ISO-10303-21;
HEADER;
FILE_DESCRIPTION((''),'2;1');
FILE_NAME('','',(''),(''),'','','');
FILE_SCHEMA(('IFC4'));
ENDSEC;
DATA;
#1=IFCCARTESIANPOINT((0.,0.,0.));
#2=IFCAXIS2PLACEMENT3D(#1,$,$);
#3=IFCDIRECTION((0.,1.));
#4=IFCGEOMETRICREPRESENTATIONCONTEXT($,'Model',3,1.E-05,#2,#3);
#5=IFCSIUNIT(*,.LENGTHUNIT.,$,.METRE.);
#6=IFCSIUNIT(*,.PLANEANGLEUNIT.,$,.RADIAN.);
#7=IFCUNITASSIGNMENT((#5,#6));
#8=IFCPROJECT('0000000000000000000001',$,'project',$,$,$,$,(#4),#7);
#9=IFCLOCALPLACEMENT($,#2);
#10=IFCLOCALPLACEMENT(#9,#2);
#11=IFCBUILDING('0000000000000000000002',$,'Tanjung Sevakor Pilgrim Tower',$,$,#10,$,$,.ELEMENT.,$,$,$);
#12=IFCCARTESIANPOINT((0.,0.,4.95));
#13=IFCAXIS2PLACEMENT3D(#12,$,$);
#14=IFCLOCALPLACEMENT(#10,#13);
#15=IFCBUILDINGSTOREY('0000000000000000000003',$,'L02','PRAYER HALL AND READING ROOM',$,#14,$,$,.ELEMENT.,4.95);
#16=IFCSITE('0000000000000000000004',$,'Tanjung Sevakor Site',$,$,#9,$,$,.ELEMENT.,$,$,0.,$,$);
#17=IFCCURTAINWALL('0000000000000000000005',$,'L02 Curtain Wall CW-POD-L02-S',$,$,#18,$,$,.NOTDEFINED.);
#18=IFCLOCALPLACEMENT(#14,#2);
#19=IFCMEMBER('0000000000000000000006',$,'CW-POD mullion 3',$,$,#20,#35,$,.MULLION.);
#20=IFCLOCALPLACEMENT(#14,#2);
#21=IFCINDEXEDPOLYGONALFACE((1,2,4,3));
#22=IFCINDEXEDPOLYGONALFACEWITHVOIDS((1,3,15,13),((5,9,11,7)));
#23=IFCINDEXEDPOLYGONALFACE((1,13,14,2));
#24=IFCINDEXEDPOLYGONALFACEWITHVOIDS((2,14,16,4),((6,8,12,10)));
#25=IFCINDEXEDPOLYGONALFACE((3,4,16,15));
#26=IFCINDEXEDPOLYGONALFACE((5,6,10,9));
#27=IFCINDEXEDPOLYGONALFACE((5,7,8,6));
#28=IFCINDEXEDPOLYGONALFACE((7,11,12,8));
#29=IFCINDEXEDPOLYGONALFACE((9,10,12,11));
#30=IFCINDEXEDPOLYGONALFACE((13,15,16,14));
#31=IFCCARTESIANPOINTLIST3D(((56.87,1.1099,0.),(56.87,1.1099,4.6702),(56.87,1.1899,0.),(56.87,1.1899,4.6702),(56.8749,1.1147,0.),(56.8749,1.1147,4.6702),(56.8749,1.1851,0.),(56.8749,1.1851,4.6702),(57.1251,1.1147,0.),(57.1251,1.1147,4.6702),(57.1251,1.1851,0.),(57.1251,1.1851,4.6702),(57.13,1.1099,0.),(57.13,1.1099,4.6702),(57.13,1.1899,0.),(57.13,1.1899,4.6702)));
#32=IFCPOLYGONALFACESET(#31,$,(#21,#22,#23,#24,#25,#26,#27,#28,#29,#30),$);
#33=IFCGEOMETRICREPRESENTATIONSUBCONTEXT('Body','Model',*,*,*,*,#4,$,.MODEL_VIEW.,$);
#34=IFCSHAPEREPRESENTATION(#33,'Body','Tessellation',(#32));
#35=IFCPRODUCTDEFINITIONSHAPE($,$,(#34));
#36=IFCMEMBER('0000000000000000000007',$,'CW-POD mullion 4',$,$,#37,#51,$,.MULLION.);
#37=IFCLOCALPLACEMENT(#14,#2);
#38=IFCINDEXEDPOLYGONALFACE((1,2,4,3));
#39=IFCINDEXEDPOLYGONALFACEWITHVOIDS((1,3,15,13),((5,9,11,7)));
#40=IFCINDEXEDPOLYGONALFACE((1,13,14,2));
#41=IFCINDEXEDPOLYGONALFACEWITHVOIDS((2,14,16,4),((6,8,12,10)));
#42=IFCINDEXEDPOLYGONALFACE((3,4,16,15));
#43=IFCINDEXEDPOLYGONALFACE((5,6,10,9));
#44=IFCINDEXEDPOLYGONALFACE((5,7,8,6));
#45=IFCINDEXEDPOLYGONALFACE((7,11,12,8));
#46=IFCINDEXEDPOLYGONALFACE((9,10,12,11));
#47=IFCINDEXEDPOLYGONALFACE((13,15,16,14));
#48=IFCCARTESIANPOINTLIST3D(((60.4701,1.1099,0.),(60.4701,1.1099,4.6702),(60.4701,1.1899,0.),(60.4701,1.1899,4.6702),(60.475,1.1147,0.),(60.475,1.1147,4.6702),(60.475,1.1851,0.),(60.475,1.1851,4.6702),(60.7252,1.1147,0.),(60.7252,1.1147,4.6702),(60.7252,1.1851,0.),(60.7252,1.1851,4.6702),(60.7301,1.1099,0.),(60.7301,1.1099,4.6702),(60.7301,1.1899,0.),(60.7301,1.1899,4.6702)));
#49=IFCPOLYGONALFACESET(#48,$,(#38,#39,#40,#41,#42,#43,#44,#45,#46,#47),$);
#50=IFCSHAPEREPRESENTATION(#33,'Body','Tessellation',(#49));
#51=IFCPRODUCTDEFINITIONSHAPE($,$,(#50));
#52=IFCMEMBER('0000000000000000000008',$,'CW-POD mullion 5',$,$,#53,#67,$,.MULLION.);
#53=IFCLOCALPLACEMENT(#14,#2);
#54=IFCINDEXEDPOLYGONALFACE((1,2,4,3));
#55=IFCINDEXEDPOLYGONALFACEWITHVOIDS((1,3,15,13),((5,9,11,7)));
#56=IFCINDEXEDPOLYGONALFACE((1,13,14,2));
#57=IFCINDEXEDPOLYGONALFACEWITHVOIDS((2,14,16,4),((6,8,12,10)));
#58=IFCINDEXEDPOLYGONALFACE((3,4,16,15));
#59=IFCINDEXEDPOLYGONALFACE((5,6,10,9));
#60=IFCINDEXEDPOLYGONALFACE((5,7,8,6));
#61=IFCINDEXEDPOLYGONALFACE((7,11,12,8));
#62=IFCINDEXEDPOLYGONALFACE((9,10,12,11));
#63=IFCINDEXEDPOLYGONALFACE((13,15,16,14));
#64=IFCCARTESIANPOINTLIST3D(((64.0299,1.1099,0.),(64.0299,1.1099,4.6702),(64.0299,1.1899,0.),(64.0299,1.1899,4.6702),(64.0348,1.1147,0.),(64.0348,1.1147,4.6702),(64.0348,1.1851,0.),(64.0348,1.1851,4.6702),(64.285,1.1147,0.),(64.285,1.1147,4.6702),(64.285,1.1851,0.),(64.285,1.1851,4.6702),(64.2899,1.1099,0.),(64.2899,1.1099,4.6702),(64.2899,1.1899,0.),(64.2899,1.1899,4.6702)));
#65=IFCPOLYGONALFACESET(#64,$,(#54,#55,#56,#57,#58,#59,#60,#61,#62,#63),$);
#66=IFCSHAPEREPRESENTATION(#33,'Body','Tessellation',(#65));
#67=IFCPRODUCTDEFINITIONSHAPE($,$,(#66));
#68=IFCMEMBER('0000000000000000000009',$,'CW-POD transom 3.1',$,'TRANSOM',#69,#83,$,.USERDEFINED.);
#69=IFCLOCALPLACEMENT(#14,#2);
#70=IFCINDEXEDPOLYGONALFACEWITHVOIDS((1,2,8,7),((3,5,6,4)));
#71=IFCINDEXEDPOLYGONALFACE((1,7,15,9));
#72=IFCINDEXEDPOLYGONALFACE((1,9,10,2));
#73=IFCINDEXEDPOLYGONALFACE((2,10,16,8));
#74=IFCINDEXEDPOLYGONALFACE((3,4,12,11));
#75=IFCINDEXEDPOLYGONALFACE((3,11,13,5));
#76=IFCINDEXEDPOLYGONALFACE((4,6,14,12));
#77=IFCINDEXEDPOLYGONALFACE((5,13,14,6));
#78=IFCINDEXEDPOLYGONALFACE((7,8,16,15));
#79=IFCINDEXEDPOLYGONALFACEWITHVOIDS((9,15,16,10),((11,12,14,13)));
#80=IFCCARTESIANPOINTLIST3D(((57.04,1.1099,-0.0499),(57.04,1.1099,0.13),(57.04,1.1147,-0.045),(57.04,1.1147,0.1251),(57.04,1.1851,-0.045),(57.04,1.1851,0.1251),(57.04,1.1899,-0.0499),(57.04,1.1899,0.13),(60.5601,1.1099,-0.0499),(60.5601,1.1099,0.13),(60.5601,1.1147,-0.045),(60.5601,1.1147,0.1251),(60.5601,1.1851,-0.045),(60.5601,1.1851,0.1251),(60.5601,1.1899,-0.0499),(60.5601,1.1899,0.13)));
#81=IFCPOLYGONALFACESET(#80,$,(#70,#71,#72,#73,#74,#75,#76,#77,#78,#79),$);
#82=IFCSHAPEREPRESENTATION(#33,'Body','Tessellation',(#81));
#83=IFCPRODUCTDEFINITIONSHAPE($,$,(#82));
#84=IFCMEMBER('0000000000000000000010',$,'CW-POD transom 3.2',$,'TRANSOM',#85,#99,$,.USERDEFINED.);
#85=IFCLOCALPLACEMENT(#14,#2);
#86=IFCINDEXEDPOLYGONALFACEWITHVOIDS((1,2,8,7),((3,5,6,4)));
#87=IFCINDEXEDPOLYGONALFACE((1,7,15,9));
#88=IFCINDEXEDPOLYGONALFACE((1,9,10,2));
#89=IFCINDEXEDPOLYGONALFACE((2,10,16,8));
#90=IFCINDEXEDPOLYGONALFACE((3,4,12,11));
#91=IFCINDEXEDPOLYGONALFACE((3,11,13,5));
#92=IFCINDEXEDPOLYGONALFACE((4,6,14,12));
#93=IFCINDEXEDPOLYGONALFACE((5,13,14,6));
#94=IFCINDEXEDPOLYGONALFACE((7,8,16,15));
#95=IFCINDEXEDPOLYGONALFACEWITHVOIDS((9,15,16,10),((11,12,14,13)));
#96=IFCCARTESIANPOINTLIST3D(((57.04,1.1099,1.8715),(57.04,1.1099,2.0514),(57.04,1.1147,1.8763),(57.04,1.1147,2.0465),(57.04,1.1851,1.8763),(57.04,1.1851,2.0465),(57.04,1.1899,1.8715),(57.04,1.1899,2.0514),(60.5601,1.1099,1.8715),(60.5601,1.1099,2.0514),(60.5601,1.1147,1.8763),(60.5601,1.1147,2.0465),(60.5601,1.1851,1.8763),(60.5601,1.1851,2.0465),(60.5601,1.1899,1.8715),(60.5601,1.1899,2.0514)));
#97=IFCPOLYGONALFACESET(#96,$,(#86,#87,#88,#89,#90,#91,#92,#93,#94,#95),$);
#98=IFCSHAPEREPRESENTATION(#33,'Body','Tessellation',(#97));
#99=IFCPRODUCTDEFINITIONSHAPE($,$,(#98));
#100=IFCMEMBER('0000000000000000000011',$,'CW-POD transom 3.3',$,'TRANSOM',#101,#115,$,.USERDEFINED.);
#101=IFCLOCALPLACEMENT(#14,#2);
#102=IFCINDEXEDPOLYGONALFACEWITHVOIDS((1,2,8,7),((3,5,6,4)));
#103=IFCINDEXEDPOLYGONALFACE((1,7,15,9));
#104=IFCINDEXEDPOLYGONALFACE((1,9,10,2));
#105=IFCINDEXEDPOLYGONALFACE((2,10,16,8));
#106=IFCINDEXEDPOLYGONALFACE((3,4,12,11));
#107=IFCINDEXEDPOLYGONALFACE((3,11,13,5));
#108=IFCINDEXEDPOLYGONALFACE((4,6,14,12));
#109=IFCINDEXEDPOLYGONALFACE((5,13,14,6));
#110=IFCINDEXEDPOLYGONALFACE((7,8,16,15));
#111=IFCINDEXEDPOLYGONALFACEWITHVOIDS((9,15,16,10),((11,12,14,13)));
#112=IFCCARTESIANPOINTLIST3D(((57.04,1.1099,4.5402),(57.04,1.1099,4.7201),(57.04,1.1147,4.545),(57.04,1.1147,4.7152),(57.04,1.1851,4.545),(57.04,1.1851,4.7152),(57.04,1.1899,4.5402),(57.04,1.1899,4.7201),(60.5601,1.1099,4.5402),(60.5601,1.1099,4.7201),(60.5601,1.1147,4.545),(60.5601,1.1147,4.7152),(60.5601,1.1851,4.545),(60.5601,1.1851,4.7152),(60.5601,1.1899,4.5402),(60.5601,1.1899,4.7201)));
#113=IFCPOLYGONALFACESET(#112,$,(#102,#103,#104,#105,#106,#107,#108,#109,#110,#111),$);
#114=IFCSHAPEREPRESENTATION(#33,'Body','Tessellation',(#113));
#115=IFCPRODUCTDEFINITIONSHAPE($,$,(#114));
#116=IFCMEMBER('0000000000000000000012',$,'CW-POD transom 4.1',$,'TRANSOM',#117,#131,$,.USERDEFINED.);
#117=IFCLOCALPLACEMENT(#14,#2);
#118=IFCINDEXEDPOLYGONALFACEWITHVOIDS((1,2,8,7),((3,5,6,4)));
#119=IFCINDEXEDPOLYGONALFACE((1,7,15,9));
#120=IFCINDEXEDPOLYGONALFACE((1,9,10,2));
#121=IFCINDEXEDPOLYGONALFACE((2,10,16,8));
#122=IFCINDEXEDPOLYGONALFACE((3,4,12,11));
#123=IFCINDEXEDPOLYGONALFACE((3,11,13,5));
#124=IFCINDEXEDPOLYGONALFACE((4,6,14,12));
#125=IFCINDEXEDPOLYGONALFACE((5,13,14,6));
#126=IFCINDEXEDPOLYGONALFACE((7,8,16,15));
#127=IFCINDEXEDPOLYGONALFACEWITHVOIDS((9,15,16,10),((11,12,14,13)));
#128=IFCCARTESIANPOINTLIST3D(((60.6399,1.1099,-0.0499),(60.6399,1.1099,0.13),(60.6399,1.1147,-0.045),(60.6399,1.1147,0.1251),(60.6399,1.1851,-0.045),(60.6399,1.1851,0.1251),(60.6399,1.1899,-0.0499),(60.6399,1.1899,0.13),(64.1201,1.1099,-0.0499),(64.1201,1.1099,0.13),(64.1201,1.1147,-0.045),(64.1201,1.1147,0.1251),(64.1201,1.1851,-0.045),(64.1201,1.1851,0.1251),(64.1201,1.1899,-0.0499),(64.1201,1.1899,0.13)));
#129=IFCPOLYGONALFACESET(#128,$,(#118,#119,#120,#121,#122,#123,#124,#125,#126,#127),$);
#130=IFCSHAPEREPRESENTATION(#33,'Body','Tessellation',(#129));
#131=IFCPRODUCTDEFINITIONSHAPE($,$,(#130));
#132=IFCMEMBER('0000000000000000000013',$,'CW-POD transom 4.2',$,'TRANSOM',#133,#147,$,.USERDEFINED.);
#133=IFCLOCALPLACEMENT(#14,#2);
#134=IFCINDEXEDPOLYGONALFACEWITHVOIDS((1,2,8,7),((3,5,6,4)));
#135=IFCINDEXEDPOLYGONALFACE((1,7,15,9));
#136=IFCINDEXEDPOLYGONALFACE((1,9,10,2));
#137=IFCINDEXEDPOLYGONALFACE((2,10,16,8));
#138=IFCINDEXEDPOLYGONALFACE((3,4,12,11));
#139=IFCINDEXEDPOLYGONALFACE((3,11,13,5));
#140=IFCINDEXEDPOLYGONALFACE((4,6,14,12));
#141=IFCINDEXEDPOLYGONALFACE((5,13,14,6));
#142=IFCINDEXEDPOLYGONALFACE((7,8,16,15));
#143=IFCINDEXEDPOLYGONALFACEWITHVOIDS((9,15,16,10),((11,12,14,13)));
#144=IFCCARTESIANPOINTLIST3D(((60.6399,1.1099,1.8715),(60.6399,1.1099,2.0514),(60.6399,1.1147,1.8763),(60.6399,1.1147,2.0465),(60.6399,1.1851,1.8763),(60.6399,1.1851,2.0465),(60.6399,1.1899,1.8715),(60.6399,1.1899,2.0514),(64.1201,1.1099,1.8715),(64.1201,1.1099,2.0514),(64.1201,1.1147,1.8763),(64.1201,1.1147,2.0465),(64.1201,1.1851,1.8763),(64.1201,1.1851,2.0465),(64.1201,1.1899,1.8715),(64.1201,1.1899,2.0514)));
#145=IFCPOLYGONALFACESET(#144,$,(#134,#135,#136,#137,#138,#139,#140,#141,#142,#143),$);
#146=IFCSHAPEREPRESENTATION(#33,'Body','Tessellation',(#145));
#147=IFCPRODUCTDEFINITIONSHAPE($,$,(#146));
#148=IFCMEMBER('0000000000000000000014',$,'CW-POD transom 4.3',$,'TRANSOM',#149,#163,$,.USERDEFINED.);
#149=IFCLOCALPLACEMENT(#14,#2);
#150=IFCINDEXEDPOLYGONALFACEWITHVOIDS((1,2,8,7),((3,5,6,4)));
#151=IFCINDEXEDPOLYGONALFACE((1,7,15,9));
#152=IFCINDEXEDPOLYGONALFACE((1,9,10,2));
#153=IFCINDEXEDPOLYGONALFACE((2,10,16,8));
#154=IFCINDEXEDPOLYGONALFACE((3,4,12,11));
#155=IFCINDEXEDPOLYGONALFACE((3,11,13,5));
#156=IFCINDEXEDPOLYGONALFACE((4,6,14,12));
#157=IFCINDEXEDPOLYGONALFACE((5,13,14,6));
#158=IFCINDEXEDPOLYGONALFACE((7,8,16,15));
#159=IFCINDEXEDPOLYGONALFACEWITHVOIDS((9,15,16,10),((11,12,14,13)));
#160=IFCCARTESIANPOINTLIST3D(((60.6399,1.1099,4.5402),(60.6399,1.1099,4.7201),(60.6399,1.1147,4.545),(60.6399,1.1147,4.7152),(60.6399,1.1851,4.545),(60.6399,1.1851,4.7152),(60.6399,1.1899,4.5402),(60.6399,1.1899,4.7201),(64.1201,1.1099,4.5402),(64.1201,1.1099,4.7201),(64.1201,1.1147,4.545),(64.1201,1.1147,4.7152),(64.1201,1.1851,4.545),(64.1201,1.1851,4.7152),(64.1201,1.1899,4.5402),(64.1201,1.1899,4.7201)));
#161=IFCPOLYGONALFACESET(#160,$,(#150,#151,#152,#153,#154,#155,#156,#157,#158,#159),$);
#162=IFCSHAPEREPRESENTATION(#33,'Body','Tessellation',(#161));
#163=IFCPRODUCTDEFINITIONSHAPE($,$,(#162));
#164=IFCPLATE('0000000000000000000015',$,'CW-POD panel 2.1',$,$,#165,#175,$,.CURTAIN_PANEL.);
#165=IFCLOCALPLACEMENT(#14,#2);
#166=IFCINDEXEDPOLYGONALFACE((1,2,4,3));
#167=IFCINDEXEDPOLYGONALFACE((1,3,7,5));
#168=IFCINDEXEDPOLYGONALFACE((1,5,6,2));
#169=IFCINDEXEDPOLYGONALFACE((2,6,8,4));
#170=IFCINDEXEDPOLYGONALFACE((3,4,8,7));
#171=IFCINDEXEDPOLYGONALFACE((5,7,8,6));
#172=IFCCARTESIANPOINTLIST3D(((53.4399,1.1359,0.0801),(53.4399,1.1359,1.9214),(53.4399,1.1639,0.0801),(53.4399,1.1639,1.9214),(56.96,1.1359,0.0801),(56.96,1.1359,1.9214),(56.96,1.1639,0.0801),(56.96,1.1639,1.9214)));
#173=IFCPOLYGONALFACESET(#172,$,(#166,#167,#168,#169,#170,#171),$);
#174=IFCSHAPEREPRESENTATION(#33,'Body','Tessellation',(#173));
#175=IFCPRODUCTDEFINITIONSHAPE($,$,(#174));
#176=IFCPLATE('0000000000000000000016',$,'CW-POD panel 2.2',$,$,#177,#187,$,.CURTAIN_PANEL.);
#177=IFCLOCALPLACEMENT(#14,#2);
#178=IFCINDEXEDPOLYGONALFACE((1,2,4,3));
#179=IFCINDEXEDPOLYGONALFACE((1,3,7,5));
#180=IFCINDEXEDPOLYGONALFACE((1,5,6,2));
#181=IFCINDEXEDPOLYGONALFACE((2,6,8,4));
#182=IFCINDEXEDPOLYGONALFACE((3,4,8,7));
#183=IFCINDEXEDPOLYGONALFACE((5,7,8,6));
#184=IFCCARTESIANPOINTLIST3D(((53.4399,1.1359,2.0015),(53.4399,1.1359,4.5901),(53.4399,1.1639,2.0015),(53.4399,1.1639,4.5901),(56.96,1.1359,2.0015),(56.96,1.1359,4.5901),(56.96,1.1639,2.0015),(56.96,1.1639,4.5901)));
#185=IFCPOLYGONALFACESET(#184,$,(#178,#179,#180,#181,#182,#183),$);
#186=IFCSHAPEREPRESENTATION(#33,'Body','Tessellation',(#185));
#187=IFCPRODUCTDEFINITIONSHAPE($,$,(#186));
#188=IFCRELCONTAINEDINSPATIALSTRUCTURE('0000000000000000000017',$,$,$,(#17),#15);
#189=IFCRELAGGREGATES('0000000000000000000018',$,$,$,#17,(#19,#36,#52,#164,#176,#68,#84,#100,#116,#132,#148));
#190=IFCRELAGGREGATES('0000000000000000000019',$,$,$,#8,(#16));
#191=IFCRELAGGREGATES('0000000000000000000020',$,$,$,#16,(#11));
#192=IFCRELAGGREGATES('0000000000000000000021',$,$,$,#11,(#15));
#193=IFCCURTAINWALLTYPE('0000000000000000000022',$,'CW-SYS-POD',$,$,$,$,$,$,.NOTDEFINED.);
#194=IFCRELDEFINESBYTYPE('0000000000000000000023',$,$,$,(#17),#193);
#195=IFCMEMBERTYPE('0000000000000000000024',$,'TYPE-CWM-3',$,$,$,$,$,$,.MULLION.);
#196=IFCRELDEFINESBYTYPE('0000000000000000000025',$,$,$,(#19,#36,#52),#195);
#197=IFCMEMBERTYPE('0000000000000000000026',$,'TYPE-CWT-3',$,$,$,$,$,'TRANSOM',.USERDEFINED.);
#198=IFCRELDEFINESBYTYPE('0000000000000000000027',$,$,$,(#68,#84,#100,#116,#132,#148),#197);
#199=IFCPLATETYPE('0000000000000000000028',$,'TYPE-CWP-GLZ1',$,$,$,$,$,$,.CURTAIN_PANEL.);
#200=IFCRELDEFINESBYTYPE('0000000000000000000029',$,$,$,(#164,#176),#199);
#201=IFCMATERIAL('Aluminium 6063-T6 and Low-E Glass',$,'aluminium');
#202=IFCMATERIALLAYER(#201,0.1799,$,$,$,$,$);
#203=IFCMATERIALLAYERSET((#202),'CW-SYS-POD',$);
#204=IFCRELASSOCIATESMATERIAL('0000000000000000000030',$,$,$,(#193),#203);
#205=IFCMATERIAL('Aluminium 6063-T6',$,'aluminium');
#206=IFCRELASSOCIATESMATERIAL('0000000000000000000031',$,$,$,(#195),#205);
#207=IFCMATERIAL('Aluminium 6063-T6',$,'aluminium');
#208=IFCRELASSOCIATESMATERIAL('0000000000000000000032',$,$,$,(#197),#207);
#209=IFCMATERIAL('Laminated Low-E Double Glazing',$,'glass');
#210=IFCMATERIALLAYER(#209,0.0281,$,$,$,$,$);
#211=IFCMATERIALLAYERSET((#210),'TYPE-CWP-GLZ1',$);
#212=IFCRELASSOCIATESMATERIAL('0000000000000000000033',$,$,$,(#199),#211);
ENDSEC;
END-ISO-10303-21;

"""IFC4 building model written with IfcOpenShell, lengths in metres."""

from ifc_helpers import new_model, si_unit, direction, frame, origin, origin_2d, place, context, subcontext, project, spatial, rectangle, hollow_rectangle, extrude, material, layer, layer_set, material_profile, profile_set, type_object, element, aggregate, save


model = new_model("IFC4")

# Units and contexts
model_context = context("Model", 3, precision=1e-05, world=origin(), true_north=direction((0.0, 1.0)))
body_context = subcontext(model_context, "Body", "Model", "MODEL_VIEW")
ifc_project = project(units=[si_unit("LENGTHUNIT", "METRE"), si_unit("PLANEANGLEUNIT", "RADIAN")], contexts=[model_context])

# Site, building, storey
site_placement = place(None, origin())
site = spatial("IfcSite", under=ifc_project, at=site_placement, Name="Tanjung Sevakor Site", CompositionType="ELEMENT", RefElevation=0.0)
building_placement = place(site_placement, origin())
building = spatial("IfcBuilding", under=site, at=building_placement, Name="Tanjung Sevakor Pilgrim Tower", CompositionType="ELEMENT")
storey_placement = place(building_placement, frame((0.0, 0.0, 4.95)))
storey = spatial("IfcBuildingStorey", under=building, at=storey_placement, Name="L02", Description="PRAYER HALL AND READING ROOM", CompositionType="ELEMENT", Elevation=4.95)

# Curtain wall, members, plates
ifc_material_1 = material(Name="Aluminium 6063-T6 and Low-E Glass", Category="aluminium")
ifc_layer_1 = layer(ifc_material_1, 0.1799)
ifc_layer_set_1 = layer_set([ifc_layer_1], Name="CW-SYS-POD")
curtain_wall_type = type_object("IfcCurtainWallType", Name="CW-SYS-POD", PredefinedType="NOTDEFINED", material=ifc_layer_set_1)
curtain_wall_placement = place(storey_placement, origin())
curtain_wall = element("IfcCurtainWall", 1, at=curtain_wall_placement, inside=storey, type_object=curtain_wall_type, Name="L02 Curtain Wall CW-POD-L02-S", PredefinedType="NOTDEFINED")
ifc_material_2 = material(Name="Aluminium 6063-T6", Category="aluminium")
ifc_material_profile_1 = material_profile(ifc_material_2, hollow_rectangle(XDim=0.0801, YDim=0.26, WallThickness=0.0049, at=origin_2d()))
ifc_profile_set_1 = profile_set([ifc_material_profile_1], Name="Aluminium 6063-T6")
member_type_1 = type_object("IfcMemberType", Name="TYPE-CWM-3", PredefinedType="MULLION", material=ifc_profile_set_1)
member_1_placement = place(storey_placement, frame((57.0, 1.1499, 0.0), z_axis=(0.0, 0.0, 1.0), x_axis=(0.0, 1.0, 0.0)))
member_1 = element("IfcMember", 2, at=member_1_placement, type_object=member_type_1, Name="CW-POD mullion 3", PredefinedType="MULLION", context=body_context, shape_type="SweptSolid", body=[
    extrude(hollow_rectangle(XDim=0.0801, YDim=0.26, WallThickness=0.0049, at=origin_2d()), origin(), (0.0, 0.0, 1.0), 4.6702),
])
member_2_placement = place(storey_placement, frame((60.6001, 1.1499, 0.0), z_axis=(0.0, 0.0, 1.0), x_axis=(0.0, 1.0, 0.0)))
member_2 = element("IfcMember", 3, at=member_2_placement, type_object=member_type_1, Name="CW-POD mullion 4", PredefinedType="MULLION", context=body_context, shape_type="SweptSolid", body=[
    extrude(hollow_rectangle(XDim=0.0801, YDim=0.26, WallThickness=0.0049, at=origin_2d()), origin(), (0.0, 0.0, 1.0), 4.6702),
])
member_3_placement = place(storey_placement, frame((64.1599, 1.1499, 0.0), z_axis=(0.0, 0.0, 1.0), x_axis=(0.0, 1.0, 0.0)))
member_3 = element("IfcMember", 4, at=member_3_placement, type_object=member_type_1, Name="CW-POD mullion 5", PredefinedType="MULLION", context=body_context, shape_type="SweptSolid", body=[
    extrude(hollow_rectangle(XDim=0.0801, YDim=0.26, WallThickness=0.0049, at=origin_2d()), origin(), (0.0, 0.0, 1.0), 4.6702),
])
ifc_material_3 = material(Name="Aluminium 6063-T6", Category="aluminium")
ifc_material_profile_2 = material_profile(ifc_material_3, hollow_rectangle(XDim=0.0801, YDim=0.1799, WallThickness=0.0049, at=origin_2d()))
ifc_profile_set_2 = profile_set([ifc_material_profile_2], Name="Aluminium 6063-T6")
member_type_2 = type_object("IfcMemberType", Name="TYPE-CWT-3", ElementType="TRANSOM", PredefinedType="USERDEFINED", material=ifc_profile_set_2)
member_4_placement = place(storey_placement, frame((57.04, 1.1499, 0.04), z_axis=(1.0, 0.0, 0.0), x_axis=(0.0, 1.0, 0.0)))
member_4 = element("IfcMember", 5, at=member_4_placement, type_object=member_type_2, Name="CW-POD transom 3.1", ObjectType="TRANSOM", PredefinedType="USERDEFINED", context=body_context, shape_type="SweptSolid", body=[
    extrude(hollow_rectangle(XDim=0.0801, YDim=0.1799, WallThickness=0.0049, at=origin_2d()), origin(), (0.0, 0.0, 1.0), 3.52),
])
member_5_placement = place(storey_placement, frame((57.04, 1.1499, 1.9614), z_axis=(1.0, 0.0, 0.0), x_axis=(0.0, 1.0, 0.0)))
member_5 = element("IfcMember", 6, at=member_5_placement, type_object=member_type_2, Name="CW-POD transom 3.2", ObjectType="TRANSOM", PredefinedType="USERDEFINED", context=body_context, shape_type="SweptSolid", body=[
    extrude(hollow_rectangle(XDim=0.0801, YDim=0.1799, WallThickness=0.0049, at=origin_2d()), origin(), (0.0, 0.0, 1.0), 3.52),
])
member_6_placement = place(storey_placement, frame((57.04, 1.1499, 4.6301), z_axis=(1.0, 0.0, 0.0), x_axis=(0.0, 1.0, 0.0)))
member_6 = element("IfcMember", 7, at=member_6_placement, type_object=member_type_2, Name="CW-POD transom 3.3", ObjectType="TRANSOM", PredefinedType="USERDEFINED", context=body_context, shape_type="SweptSolid", body=[
    extrude(hollow_rectangle(XDim=0.0801, YDim=0.1799, WallThickness=0.0049, at=origin_2d()), origin(), (0.0, 0.0, 1.0), 3.52),
])
member_7_placement = place(storey_placement, frame((60.6399, 1.1499, 0.04), z_axis=(1.0, 0.0, 0.0), x_axis=(0.0, 1.0, 0.0)))
member_7 = element("IfcMember", 8, at=member_7_placement, type_object=member_type_2, Name="CW-POD transom 4.1", ObjectType="TRANSOM", PredefinedType="USERDEFINED", context=body_context, shape_type="SweptSolid", body=[
    extrude(hollow_rectangle(XDim=0.0801, YDim=0.1799, WallThickness=0.0049, at=origin_2d()), origin(), (0.0, 0.0, 1.0), 3.4802),
])
member_8_placement = place(storey_placement, frame((60.6399, 1.1499, 1.9614), z_axis=(1.0, 0.0, 0.0), x_axis=(0.0, 1.0, 0.0)))
member_8 = element("IfcMember", 9, at=member_8_placement, type_object=member_type_2, Name="CW-POD transom 4.2", ObjectType="TRANSOM", PredefinedType="USERDEFINED", context=body_context, shape_type="SweptSolid", body=[
    extrude(hollow_rectangle(XDim=0.0801, YDim=0.1799, WallThickness=0.0049, at=origin_2d()), origin(), (0.0, 0.0, 1.0), 3.4802),
])
member_9_placement = place(storey_placement, frame((60.6399, 1.1499, 4.6301), z_axis=(1.0, 0.0, 0.0), x_axis=(0.0, 1.0, 0.0)))
member_9 = element("IfcMember", 10, at=member_9_placement, type_object=member_type_2, Name="CW-POD transom 4.3", ObjectType="TRANSOM", PredefinedType="USERDEFINED", context=body_context, shape_type="SweptSolid", body=[
    extrude(hollow_rectangle(XDim=0.0801, YDim=0.1799, WallThickness=0.0049, at=origin_2d()), origin(), (0.0, 0.0, 1.0), 3.4802),
])
ifc_material_4 = material(Name="Laminated Low-E Double Glazing", Category="glass")
ifc_layer_2 = layer(ifc_material_4, 0.0281)
ifc_layer_set_2 = layer_set([ifc_layer_2], Name="TYPE-CWP-GLZ1")
plate_type = type_object("IfcPlateType", Name="TYPE-CWP-GLZ1", PredefinedType="CURTAIN_PANEL", material=ifc_layer_set_2)
plate_1_placement = place(storey_placement, frame((55.2, 1.1499, 0.0801), z_axis=(0.0, 0.0, 1.0), x_axis=(1.0, 0.0, 0.0)))
plate_1 = element("IfcPlate", 11, at=plate_1_placement, type_object=plate_type, Name="CW-POD panel 2.1", PredefinedType="CURTAIN_PANEL", context=body_context, shape_type="SweptSolid", body=[
    extrude(rectangle(XDim=3.52, YDim=0.0281, at=origin_2d()), origin(), (0.0, 0.0, 1.0), 1.8413),
])
plate_2_placement = place(storey_placement, frame((55.2, 1.1499, 2.0015), z_axis=(0.0, 0.0, 1.0), x_axis=(1.0, 0.0, 0.0)))
plate_2 = element("IfcPlate", 12, at=plate_2_placement, type_object=plate_type, Name="CW-POD panel 2.2", PredefinedType="CURTAIN_PANEL", context=body_context, shape_type="SweptSolid", body=[
    extrude(rectangle(XDim=3.52, YDim=0.0281, at=origin_2d()), origin(), (0.0, 0.0, 1.0), 2.5886),
])
aggregate(curtain_wall, [member_1, member_2, member_3, plate_1, plate_2, member_4, member_5, member_6, member_7, member_8, member_9])

save(model, "model.ifc")
